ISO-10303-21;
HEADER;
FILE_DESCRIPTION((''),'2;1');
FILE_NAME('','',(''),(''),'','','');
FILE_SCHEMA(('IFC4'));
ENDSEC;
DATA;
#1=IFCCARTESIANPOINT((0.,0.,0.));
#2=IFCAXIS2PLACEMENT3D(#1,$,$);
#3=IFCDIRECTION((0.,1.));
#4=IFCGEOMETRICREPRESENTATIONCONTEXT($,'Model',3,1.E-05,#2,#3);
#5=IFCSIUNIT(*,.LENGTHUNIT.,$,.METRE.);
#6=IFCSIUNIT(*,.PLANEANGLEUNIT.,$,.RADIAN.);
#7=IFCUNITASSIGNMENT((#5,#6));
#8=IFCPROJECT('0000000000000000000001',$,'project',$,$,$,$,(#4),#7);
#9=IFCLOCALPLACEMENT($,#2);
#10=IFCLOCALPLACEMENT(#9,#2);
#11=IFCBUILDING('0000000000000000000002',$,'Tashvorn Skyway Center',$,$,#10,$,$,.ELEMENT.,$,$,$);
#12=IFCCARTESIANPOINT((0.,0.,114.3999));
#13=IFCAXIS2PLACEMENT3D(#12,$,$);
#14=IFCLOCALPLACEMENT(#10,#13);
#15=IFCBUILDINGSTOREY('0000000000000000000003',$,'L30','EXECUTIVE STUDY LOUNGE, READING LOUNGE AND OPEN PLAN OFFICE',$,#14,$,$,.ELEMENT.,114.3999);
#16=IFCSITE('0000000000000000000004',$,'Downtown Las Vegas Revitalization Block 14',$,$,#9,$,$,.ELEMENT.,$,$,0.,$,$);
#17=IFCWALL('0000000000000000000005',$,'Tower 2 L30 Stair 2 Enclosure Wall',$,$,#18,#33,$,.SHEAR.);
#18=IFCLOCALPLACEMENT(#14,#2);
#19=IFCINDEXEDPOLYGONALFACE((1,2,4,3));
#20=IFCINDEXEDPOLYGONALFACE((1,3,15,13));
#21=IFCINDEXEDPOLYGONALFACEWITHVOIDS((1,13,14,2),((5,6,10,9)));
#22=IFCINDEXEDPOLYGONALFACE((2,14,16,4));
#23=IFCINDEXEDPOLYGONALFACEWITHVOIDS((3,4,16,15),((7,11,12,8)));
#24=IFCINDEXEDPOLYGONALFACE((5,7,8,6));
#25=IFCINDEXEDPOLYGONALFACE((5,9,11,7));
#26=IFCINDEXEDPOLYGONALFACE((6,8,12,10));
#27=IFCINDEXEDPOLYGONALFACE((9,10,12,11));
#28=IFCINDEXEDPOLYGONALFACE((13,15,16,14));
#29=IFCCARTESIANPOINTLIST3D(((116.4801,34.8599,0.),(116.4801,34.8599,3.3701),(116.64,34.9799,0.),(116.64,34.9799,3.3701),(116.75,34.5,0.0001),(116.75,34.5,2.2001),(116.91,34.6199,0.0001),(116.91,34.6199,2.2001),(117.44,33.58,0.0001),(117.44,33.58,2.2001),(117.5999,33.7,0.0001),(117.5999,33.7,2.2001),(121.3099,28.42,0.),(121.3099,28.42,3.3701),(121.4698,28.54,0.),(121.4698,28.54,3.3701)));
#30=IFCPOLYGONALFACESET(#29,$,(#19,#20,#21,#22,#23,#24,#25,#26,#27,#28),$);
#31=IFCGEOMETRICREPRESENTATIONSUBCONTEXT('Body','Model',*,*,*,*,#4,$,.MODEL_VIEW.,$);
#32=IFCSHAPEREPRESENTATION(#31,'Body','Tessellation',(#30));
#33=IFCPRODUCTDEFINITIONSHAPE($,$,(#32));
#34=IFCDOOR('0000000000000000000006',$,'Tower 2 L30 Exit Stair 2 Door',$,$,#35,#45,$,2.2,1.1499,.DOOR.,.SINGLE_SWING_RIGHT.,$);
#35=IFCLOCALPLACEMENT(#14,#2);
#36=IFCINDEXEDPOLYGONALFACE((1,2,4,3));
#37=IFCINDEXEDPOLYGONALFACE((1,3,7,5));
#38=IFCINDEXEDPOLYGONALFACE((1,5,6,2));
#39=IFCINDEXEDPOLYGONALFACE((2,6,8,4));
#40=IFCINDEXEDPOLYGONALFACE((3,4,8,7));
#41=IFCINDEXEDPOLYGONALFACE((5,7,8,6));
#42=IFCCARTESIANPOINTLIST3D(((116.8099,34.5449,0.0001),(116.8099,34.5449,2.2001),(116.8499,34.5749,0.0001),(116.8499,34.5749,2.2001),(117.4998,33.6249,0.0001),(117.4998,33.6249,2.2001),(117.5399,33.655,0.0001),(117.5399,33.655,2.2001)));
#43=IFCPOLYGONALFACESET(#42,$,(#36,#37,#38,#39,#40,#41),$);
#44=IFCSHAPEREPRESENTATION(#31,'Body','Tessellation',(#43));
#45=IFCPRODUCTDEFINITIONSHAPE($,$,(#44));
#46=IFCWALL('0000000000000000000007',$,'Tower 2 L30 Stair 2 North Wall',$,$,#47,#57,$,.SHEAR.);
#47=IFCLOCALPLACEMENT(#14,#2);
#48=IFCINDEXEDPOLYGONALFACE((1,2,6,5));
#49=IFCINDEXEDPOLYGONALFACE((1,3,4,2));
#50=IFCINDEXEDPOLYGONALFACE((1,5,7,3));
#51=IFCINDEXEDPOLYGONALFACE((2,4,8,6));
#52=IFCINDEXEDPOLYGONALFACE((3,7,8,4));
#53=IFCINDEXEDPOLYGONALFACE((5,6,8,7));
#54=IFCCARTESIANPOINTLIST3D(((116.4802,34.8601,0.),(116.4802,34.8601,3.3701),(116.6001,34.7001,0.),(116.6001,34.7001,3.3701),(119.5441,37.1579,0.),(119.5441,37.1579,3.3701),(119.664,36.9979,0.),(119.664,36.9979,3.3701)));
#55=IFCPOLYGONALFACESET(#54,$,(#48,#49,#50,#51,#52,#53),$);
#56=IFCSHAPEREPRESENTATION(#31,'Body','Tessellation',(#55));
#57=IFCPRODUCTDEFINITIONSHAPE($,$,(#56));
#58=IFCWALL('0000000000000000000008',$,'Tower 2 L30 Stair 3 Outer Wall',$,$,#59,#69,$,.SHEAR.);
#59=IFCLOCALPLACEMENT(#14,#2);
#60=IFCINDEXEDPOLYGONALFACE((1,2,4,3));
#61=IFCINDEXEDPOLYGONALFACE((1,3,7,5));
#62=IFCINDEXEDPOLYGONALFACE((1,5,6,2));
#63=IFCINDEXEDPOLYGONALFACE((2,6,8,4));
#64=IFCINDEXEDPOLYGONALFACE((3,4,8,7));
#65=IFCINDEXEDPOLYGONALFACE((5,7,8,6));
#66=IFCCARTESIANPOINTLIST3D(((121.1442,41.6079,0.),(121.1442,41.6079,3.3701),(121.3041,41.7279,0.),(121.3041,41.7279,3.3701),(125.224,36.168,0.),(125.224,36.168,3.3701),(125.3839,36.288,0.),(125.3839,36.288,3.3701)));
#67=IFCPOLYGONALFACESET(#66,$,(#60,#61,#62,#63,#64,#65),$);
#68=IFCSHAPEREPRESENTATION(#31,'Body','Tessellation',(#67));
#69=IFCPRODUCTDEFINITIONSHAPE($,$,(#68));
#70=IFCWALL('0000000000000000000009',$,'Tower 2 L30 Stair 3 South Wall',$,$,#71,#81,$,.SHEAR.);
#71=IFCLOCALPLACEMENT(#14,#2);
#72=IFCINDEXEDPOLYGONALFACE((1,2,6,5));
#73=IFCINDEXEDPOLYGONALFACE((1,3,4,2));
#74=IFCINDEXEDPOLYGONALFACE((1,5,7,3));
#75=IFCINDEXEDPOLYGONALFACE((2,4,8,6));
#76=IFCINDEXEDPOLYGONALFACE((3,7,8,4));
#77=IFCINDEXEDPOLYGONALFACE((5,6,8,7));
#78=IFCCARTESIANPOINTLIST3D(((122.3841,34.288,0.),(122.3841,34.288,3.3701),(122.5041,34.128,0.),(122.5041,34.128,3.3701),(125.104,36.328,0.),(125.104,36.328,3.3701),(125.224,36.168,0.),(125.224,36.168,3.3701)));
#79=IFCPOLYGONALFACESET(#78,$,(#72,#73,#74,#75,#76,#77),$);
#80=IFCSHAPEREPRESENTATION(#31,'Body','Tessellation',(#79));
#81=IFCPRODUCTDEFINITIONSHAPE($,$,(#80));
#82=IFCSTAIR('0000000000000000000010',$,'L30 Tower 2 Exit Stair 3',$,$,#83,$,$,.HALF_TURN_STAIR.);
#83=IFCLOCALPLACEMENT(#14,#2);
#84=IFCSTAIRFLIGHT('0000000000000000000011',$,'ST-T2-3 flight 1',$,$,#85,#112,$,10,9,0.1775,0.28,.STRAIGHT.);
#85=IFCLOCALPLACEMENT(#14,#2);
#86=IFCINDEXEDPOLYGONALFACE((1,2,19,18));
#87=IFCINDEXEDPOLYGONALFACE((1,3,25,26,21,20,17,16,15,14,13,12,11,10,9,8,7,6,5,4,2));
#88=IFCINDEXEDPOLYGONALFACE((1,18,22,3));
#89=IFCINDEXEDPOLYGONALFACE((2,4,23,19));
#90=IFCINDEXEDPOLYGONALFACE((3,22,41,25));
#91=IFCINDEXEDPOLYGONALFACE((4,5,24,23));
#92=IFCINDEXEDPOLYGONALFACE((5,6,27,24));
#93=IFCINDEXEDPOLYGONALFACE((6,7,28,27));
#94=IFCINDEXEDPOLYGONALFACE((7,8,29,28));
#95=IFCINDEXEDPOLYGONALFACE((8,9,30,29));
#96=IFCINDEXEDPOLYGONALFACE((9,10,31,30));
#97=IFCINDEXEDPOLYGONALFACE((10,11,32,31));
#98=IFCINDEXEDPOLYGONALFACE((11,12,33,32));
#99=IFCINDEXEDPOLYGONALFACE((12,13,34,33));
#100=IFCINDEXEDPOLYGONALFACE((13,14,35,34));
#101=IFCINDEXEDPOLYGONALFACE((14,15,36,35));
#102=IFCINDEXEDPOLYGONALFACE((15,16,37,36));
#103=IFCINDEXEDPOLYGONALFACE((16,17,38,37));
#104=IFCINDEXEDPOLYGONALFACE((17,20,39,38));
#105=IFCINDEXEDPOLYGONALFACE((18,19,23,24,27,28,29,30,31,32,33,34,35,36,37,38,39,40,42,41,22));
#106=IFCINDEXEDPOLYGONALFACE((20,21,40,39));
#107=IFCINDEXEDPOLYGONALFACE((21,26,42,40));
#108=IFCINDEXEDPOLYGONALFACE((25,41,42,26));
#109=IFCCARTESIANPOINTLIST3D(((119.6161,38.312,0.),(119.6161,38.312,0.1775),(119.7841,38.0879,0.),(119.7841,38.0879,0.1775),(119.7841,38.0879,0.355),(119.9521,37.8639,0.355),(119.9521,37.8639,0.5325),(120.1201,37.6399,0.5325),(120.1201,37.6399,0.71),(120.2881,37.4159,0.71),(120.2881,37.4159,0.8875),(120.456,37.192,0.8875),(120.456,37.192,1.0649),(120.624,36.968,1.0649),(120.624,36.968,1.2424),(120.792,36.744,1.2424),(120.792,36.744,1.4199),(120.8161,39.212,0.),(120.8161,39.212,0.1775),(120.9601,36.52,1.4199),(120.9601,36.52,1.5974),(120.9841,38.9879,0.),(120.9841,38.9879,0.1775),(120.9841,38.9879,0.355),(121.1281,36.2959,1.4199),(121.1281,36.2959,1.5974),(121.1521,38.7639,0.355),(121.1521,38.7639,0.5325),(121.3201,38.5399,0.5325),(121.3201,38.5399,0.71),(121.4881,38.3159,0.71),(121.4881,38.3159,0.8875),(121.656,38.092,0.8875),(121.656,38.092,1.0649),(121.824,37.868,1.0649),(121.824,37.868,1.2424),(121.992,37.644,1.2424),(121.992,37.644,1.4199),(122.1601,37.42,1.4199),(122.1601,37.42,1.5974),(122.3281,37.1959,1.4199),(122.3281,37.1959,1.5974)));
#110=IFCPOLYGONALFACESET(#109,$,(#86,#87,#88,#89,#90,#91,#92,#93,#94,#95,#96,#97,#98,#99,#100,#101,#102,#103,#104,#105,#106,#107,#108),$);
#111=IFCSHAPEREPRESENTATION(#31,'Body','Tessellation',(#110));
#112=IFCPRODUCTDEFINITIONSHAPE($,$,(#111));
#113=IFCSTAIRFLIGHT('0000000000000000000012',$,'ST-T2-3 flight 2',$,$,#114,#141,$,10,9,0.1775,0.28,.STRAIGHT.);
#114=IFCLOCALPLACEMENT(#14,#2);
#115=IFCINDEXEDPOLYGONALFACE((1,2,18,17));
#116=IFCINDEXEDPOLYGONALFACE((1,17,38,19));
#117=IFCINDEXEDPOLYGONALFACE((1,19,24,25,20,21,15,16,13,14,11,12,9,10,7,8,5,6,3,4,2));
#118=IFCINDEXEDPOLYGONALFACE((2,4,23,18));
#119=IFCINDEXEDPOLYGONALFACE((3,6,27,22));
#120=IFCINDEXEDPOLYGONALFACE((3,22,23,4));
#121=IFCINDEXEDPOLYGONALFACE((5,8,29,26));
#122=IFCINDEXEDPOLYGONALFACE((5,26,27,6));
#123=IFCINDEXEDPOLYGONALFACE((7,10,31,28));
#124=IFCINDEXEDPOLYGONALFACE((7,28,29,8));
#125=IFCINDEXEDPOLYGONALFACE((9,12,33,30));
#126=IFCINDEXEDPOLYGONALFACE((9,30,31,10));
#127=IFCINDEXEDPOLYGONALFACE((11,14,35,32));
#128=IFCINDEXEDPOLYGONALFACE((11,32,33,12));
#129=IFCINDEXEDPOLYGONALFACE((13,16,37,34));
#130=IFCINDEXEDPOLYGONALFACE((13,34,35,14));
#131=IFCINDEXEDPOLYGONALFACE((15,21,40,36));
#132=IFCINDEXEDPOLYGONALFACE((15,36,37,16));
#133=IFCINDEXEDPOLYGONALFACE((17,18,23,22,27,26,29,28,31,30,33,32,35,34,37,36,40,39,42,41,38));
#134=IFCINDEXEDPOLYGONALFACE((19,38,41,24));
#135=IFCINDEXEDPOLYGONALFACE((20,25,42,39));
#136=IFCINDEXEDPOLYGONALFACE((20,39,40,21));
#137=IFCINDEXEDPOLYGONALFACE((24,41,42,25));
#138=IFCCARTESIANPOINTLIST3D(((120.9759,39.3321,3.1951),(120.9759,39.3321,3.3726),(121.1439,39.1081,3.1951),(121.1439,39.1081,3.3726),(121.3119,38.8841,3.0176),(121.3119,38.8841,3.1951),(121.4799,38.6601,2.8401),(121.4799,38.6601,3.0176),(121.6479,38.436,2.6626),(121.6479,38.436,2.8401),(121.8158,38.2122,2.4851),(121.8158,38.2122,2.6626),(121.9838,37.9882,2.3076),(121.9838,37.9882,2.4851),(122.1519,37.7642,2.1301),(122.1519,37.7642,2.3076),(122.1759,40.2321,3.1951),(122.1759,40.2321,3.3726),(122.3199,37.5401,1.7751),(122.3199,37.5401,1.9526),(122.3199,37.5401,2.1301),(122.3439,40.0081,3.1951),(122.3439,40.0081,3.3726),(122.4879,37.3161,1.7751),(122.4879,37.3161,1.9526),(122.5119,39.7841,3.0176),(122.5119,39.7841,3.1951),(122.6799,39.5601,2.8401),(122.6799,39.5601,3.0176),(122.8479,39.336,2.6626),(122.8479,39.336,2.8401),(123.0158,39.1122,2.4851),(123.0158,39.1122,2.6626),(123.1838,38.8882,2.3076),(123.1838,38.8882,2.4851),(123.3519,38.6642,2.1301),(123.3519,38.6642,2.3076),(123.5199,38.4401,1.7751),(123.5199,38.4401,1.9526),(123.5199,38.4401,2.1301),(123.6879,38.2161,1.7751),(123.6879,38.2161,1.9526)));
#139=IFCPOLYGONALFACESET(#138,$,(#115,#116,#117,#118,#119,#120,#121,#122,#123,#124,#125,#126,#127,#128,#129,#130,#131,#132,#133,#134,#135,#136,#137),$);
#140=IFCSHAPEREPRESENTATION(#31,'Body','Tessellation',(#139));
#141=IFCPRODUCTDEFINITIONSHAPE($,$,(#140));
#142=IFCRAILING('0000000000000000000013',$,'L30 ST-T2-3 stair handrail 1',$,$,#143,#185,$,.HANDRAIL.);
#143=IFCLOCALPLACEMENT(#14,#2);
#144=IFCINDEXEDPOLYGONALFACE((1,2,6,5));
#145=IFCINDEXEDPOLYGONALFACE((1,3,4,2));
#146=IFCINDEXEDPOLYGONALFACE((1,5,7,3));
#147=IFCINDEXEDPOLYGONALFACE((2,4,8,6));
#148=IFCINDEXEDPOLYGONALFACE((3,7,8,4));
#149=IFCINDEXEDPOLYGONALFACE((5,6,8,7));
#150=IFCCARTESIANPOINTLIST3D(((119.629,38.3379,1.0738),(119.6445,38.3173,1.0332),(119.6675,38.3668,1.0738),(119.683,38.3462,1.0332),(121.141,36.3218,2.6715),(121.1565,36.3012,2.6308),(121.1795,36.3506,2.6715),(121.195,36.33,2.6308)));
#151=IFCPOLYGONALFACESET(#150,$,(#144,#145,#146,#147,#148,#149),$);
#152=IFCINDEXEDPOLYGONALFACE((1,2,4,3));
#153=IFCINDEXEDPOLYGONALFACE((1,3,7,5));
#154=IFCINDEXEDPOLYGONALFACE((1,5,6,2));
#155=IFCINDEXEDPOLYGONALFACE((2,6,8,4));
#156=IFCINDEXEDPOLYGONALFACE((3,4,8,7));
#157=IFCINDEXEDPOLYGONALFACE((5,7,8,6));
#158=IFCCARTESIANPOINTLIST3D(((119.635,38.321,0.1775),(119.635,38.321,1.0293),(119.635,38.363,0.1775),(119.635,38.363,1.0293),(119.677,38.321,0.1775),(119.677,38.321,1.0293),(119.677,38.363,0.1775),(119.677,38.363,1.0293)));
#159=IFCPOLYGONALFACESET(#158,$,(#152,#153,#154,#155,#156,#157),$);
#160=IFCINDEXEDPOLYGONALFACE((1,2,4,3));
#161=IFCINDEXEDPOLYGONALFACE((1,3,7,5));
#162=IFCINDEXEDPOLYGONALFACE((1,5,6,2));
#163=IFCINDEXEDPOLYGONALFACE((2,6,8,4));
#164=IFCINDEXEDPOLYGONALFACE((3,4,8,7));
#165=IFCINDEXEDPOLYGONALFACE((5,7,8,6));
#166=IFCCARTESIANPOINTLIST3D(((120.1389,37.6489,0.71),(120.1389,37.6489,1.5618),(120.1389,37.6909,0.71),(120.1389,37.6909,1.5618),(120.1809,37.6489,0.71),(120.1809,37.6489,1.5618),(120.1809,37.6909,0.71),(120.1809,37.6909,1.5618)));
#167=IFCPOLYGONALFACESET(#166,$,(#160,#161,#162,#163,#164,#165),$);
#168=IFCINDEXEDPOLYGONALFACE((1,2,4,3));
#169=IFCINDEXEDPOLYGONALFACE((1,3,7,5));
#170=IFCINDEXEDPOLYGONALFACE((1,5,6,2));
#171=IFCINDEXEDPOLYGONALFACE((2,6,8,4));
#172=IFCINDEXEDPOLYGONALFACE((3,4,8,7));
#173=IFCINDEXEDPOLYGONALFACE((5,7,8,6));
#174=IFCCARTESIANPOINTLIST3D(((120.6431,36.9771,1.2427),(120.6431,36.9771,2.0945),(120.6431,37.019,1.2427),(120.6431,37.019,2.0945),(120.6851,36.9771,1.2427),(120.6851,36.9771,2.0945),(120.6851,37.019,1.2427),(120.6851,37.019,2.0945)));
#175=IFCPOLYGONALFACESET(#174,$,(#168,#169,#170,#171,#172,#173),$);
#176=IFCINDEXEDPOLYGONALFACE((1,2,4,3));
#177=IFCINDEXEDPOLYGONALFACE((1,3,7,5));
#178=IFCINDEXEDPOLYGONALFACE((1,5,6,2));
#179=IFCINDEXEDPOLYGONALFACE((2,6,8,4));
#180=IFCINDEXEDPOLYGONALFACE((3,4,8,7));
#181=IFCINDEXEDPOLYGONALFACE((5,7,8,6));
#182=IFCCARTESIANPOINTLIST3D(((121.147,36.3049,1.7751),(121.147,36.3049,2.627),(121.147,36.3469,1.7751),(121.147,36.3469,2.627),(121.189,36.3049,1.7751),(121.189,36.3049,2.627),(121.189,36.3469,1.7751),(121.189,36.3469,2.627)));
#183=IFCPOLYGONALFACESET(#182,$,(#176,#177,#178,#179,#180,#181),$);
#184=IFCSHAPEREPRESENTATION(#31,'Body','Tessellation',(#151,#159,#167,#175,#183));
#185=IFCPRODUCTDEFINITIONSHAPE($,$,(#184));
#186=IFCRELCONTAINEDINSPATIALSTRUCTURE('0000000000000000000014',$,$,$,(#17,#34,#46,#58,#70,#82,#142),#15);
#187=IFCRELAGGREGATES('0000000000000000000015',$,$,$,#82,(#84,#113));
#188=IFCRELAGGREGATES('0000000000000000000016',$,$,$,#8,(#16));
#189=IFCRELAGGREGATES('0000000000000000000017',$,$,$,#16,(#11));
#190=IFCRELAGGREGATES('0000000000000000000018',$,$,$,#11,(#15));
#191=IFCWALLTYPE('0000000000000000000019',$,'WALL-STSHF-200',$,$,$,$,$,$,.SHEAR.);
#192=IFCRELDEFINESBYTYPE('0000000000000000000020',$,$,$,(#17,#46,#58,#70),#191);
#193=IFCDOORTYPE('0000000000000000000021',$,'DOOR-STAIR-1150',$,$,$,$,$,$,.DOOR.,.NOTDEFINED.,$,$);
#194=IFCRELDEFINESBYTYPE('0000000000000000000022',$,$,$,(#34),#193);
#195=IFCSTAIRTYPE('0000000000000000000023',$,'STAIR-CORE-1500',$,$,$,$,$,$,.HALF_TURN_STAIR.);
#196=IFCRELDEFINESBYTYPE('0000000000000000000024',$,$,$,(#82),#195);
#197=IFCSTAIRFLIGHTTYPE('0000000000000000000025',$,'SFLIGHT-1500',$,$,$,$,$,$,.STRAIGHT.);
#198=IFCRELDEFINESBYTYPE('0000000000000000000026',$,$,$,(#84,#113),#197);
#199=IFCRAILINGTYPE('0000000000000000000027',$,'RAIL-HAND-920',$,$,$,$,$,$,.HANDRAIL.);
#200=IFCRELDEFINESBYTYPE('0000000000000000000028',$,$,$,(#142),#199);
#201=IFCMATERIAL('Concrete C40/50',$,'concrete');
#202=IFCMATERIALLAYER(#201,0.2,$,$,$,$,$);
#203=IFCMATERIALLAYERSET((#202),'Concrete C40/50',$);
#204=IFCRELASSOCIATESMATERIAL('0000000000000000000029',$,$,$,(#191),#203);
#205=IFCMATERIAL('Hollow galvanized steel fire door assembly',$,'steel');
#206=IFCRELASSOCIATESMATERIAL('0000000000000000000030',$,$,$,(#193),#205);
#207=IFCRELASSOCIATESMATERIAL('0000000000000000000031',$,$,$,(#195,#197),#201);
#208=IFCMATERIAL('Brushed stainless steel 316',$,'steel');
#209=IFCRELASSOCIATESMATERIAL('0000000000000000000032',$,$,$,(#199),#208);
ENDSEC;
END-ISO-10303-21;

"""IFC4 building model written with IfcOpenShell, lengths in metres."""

from ifc_helpers import new_model, si_unit, direction, frame, frame_2d, origin, origin_2d, place, context, subcontext, project, spatial, polyline, rectangle, outline, extrude, material, layer, layer_set, type_object, element, fill, aggregate, save


model = new_model("IFC4")

# Units and contexts
model_context = context("Model", 3, precision=1e-05, world=origin(), true_north=direction((0.0, 1.0)))
body_context = subcontext(model_context, "Body", "Model", "MODEL_VIEW")
ifc_project = project(units=[si_unit("LENGTHUNIT", "METRE"), si_unit("PLANEANGLEUNIT", "RADIAN")], contexts=[model_context])

# Site, building, storey
site_placement = place(None, origin())
site = spatial("IfcSite", under=ifc_project, at=site_placement, Name="Downtown Las Vegas Revitalization Block 14", CompositionType="ELEMENT", RefElevation=0.0)
building_placement = place(site_placement, origin())
building = spatial("IfcBuilding", under=site, at=building_placement, Name="Tashvorn Skyway Center", CompositionType="ELEMENT")
storey_placement = place(building_placement, frame((0.0, 0.0, 114.3999)))
storey = spatial("IfcBuildingStorey", under=building, at=storey_placement, Name="L30", Description="EXECUTIVE STUDY LOUNGE, READING LOUNGE AND OPEN PLAN OFFICE", CompositionType="ELEMENT", Elevation=114.3999)

# Shared definitions
ifc_material_1 = material(Name="Concrete C40/50", Category="concrete")

# Wall, opening, door
ifc_layer_1 = layer(ifc_material_1, 0.2)
ifc_layer_set_1 = layer_set([ifc_layer_1], Name="Concrete C40/50")
wall_type_1 = type_object("IfcWallType", Name="WALL-STSHF-200", PredefinedType="SHEAR", material=ifc_layer_set_1)
wall_1_placement = place(storey_placement, frame((116.5601, 34.9199, 0.0), z_axis=(0.0, 0.0, 1.0), x_axis=(0.59999, -0.800007, 0.0)))
wall_1 = element("IfcWall", 1, at=wall_1_placement, inside=storey, type_object=wall_type_1, Name="Tower 2 L30 Stair 2 Enclosure Wall", PredefinedType="SHEAR", context=body_context, shape_type="SweptSolid", body=[
    extrude(rectangle(XDim=8.0498, YDim=0.2, at=frame_2d((4.0249, 0.0))), origin(), (0.0, 0.0, 1.0), 3.3701),
])
opening_placement = place(wall_1_placement, frame((0.45, 0.0, 0.0)))
opening = element("IfcOpeningElement", 2, at=opening_placement, cuts=wall_1, PredefinedType="OPENING", context=body_context, shape_type="SweptSolid", body=[
    extrude(rectangle(XDim=1.1499, YDim=2.2, at=frame_2d((0.575, 1.1001))), frame((0.0, 0.1099, 0.0), z_axis=(0.0, -1.0, 0.0), x_axis=(1.0, 0.0, 0.0)), (0.0, 0.0, 1.0), 0.22),
])
ifc_material_2 = material(Name="Hollow galvanized steel fire door assembly", Category="steel")
door_type = type_object("IfcDoorType", Name="DOOR-STAIR-1150", OperationType="NOTDEFINED", PredefinedType="DOOR", material=ifc_material_2)
door_placement = place(opening_placement, origin())
door = element("IfcDoor", 3, at=door_placement, inside=storey, type_object=door_type, Name="Tower 2 L30 Exit Stair 2 Door", OperationType="SINGLE_SWING_RIGHT", OverallHeight=2.2, OverallWidth=1.1499, PredefinedType="DOOR", context=body_context, shape_type="SweptSolid", body=[
    extrude(rectangle(XDim=1.1499, YDim=2.2, at=frame_2d((0.575, 1.1001))), frame((0.0, 0.0249, 0.0), z_axis=(0.0, -1.0, 0.0), x_axis=(1.0, 0.0, 0.0)), (0.0, 0.0, 1.0), 0.05),
])
fill(opening, door)

# Walls
wall_2_placement = place(storey_placement, frame((116.54, 34.78, 0.0), z_axis=(0.0, 0.0, 1.0), x_axis=(0.800015, 0.59998, 0.0)))
element("IfcWall", 4, at=wall_2_placement, inside=storey, type_object=wall_type_1, Name="Tower 2 L30 Stair 2 North Wall", PredefinedType="SHEAR", context=body_context, shape_type="SweptSolid", body=[
    extrude(rectangle(XDim=3.8298, YDim=0.2, at=frame_2d((1.915, 0.0))), origin(), (0.0, 0.0, 1.0), 3.3701),
])
wall_3_placement = place(storey_placement, frame((125.304, 36.228, 0.0), z_axis=(0.0, 0.0, 1.0), x_axis=(-0.599989, 0.800009, 0.0)))
element("IfcWall", 5, at=wall_3_placement, inside=storey, type_object=wall_type_1, Name="Tower 2 L30 Stair 3 Outer Wall", PredefinedType="SHEAR", context=body_context, shape_type="SweptSolid", body=[
    extrude(rectangle(XDim=6.7998, YDim=0.2, at=frame_2d((3.3999, 0.0))), origin(), (0.0, 0.0, 1.0), 3.3701),
])
wall_4_placement = place(storey_placement, frame((122.4441, 34.208, 0.0), z_axis=(0.0, 0.0, 1.0), x_axis=(0.799991, 0.600011, 0.0)))
element("IfcWall", 6, at=wall_4_placement, inside=storey, type_object=wall_type_1, Name="Tower 2 L30 Stair 3 South Wall", PredefinedType="SHEAR", context=body_context, shape_type="SweptSolid", body=[
    extrude(rectangle(XDim=3.3999, YDim=0.2, at=frame_2d((1.7, 0.0))), origin(), (0.0, 0.0, 1.0), 3.3701),
])

# Stair, stair flights
stair_type = type_object("IfcStairType", Name="STAIR-CORE-1500", PredefinedType="HALF_TURN_STAIR", material=ifc_material_1)
stair_placement = place(storey_placement, origin())
stair = element("IfcStair", 7, at=stair_placement, inside=storey, type_object=stair_type, Name="L30 Tower 2 Exit Stair 3", PredefinedType="HALF_TURN_STAIR")
stair_flight_type = type_object("IfcStairFlightType", Name="SFLIGHT-1500", PredefinedType="STRAIGHT", material=ifc_material_1)
stair_flight_1_placement = place(storey_placement, frame((120.2161, 38.762, 0.0), z_axis=(0.0, 0.0, 1.0), x_axis=(0.6, -0.8, 0.0)))
stair_flight_1 = element("IfcStairFlight", 8, at=stair_flight_1_placement, type_object=stair_flight_type, Name="ST-T2-3 flight 1", NumberOfRisers=10, NumberOfTreads=9, PredefinedType="STRAIGHT", RiserHeight=0.1775, TreadLength=0.28, context=body_context, shape_type="SweptSolid", body=[
    extrude(outline(polyline([(0.0, 0.0), (0.0, 0.1775), (0.28, 0.1775), (0.28, 0.355), (0.5601, 0.355), (0.5601, 0.5325), (0.8401, 0.5325), (0.8401, 0.71), (1.1201, 0.71), (1.1201, 0.8875), (1.3999, 0.8875), (1.3999, 1.0649), (1.6799, 1.0649), (1.6799, 1.2424), (1.96, 1.2424), (1.96, 1.4199), (2.24, 1.4199), (2.24, 1.5974), (2.52, 1.5974), (2.52, 1.7749), (2.52, 1.4199), (0.28, 0.0), (0.0, 0.0)])), frame((0.0, 0.75, 0.0), z_axis=(0.0, -1.0, 0.0), x_axis=(1.0, 0.0, 0.0)), (0.0, 0.0, 1.0), 1.5),
])
stair_flight_2_placement = place(storey_placement, frame((123.0879, 37.7661, 1.7751), z_axis=(0.0, 0.0, 1.0), x_axis=(-0.6, 0.8, 0.0)))
stair_flight_2 = element("IfcStairFlight", 9, at=stair_flight_2_placement, type_object=stair_flight_type, Name="ST-T2-3 flight 2", NumberOfRisers=10, NumberOfTreads=9, PredefinedType="STRAIGHT", RiserHeight=0.1775, TreadLength=0.28, context=body_context, shape_type="SweptSolid", body=[
    extrude(outline(polyline([(0.0, 0.0), (0.0, 0.1775), (0.28, 0.1775), (0.28, 0.355), (0.5601, 0.355), (0.5601, 0.5325), (0.8401, 0.5325), (0.8401, 0.71), (1.1201, 0.71), (1.1201, 0.8875), (1.3999, 0.8875), (1.3999, 1.0649), (1.6799, 1.0649), (1.6799, 1.2424), (1.96, 1.2424), (1.96, 1.4199), (2.24, 1.4199), (2.24, 1.5974), (2.52, 1.5974), (2.52, 1.7749), (2.52, 1.4199), (0.28, 0.0), (0.0, 0.0)])), frame((0.0, 0.75, 0.0), z_axis=(0.0, -1.0, 0.0), x_axis=(1.0, 0.0, 0.0)), (0.0, 0.0, 1.0), 1.5),
])
aggregate(stair, [stair_flight_1, stair_flight_2])

# Railing
ifc_material_3 = material(Name="Brushed stainless steel 316", Category="steel")
railing_type_1 = type_object("IfcRailingType", Name="RAIL-HAND-920", PredefinedType="HANDRAIL", material=ifc_material_3)
railing_1_placement = place(storey_placement, frame((119.656, 38.342, 0.1775)))
element("IfcRailing", 10, at=railing_1_placement, inside=storey, type_object=railing_type_1, Name="L30 ST-T2-3 stair handrail 1", PredefinedType="HANDRAIL", context=body_context, shape_type="SweptSolid", body=[
    extrude(rectangle(XDim=0.0481, YDim=0.0481, at=origin_2d()), frame((0.0, 0.0, 0.876), z_axis=(0.506719, -0.675679, 0.535438), x_axis=(0.800023, 0.599969, 0.0)), (0.0, 0.0, 1.0), 2.9839),
    extrude(rectangle(XDim=0.042, YDim=0.042, at=origin_2d()), origin(), (0.0, 0.0, 1.0), 0.8518),
    extrude(rectangle(XDim=0.042, YDim=0.042, at=origin_2d()), frame((0.5039, -0.6721, 0.5325)), (0.0, 0.0, 1.0), 0.8518),
    extrude(rectangle(XDim=0.042, YDim=0.042, at=origin_2d()), frame((1.0081, -1.344, 1.0652)), (0.0, 0.0, 1.0), 0.8518),
    extrude(rectangle(XDim=0.042, YDim=0.042, at=origin_2d()), frame((1.512, -2.0161, 1.5977)), (0.0, 0.0, 1.0), 0.8518),
])

save(model, "model.ifc")
